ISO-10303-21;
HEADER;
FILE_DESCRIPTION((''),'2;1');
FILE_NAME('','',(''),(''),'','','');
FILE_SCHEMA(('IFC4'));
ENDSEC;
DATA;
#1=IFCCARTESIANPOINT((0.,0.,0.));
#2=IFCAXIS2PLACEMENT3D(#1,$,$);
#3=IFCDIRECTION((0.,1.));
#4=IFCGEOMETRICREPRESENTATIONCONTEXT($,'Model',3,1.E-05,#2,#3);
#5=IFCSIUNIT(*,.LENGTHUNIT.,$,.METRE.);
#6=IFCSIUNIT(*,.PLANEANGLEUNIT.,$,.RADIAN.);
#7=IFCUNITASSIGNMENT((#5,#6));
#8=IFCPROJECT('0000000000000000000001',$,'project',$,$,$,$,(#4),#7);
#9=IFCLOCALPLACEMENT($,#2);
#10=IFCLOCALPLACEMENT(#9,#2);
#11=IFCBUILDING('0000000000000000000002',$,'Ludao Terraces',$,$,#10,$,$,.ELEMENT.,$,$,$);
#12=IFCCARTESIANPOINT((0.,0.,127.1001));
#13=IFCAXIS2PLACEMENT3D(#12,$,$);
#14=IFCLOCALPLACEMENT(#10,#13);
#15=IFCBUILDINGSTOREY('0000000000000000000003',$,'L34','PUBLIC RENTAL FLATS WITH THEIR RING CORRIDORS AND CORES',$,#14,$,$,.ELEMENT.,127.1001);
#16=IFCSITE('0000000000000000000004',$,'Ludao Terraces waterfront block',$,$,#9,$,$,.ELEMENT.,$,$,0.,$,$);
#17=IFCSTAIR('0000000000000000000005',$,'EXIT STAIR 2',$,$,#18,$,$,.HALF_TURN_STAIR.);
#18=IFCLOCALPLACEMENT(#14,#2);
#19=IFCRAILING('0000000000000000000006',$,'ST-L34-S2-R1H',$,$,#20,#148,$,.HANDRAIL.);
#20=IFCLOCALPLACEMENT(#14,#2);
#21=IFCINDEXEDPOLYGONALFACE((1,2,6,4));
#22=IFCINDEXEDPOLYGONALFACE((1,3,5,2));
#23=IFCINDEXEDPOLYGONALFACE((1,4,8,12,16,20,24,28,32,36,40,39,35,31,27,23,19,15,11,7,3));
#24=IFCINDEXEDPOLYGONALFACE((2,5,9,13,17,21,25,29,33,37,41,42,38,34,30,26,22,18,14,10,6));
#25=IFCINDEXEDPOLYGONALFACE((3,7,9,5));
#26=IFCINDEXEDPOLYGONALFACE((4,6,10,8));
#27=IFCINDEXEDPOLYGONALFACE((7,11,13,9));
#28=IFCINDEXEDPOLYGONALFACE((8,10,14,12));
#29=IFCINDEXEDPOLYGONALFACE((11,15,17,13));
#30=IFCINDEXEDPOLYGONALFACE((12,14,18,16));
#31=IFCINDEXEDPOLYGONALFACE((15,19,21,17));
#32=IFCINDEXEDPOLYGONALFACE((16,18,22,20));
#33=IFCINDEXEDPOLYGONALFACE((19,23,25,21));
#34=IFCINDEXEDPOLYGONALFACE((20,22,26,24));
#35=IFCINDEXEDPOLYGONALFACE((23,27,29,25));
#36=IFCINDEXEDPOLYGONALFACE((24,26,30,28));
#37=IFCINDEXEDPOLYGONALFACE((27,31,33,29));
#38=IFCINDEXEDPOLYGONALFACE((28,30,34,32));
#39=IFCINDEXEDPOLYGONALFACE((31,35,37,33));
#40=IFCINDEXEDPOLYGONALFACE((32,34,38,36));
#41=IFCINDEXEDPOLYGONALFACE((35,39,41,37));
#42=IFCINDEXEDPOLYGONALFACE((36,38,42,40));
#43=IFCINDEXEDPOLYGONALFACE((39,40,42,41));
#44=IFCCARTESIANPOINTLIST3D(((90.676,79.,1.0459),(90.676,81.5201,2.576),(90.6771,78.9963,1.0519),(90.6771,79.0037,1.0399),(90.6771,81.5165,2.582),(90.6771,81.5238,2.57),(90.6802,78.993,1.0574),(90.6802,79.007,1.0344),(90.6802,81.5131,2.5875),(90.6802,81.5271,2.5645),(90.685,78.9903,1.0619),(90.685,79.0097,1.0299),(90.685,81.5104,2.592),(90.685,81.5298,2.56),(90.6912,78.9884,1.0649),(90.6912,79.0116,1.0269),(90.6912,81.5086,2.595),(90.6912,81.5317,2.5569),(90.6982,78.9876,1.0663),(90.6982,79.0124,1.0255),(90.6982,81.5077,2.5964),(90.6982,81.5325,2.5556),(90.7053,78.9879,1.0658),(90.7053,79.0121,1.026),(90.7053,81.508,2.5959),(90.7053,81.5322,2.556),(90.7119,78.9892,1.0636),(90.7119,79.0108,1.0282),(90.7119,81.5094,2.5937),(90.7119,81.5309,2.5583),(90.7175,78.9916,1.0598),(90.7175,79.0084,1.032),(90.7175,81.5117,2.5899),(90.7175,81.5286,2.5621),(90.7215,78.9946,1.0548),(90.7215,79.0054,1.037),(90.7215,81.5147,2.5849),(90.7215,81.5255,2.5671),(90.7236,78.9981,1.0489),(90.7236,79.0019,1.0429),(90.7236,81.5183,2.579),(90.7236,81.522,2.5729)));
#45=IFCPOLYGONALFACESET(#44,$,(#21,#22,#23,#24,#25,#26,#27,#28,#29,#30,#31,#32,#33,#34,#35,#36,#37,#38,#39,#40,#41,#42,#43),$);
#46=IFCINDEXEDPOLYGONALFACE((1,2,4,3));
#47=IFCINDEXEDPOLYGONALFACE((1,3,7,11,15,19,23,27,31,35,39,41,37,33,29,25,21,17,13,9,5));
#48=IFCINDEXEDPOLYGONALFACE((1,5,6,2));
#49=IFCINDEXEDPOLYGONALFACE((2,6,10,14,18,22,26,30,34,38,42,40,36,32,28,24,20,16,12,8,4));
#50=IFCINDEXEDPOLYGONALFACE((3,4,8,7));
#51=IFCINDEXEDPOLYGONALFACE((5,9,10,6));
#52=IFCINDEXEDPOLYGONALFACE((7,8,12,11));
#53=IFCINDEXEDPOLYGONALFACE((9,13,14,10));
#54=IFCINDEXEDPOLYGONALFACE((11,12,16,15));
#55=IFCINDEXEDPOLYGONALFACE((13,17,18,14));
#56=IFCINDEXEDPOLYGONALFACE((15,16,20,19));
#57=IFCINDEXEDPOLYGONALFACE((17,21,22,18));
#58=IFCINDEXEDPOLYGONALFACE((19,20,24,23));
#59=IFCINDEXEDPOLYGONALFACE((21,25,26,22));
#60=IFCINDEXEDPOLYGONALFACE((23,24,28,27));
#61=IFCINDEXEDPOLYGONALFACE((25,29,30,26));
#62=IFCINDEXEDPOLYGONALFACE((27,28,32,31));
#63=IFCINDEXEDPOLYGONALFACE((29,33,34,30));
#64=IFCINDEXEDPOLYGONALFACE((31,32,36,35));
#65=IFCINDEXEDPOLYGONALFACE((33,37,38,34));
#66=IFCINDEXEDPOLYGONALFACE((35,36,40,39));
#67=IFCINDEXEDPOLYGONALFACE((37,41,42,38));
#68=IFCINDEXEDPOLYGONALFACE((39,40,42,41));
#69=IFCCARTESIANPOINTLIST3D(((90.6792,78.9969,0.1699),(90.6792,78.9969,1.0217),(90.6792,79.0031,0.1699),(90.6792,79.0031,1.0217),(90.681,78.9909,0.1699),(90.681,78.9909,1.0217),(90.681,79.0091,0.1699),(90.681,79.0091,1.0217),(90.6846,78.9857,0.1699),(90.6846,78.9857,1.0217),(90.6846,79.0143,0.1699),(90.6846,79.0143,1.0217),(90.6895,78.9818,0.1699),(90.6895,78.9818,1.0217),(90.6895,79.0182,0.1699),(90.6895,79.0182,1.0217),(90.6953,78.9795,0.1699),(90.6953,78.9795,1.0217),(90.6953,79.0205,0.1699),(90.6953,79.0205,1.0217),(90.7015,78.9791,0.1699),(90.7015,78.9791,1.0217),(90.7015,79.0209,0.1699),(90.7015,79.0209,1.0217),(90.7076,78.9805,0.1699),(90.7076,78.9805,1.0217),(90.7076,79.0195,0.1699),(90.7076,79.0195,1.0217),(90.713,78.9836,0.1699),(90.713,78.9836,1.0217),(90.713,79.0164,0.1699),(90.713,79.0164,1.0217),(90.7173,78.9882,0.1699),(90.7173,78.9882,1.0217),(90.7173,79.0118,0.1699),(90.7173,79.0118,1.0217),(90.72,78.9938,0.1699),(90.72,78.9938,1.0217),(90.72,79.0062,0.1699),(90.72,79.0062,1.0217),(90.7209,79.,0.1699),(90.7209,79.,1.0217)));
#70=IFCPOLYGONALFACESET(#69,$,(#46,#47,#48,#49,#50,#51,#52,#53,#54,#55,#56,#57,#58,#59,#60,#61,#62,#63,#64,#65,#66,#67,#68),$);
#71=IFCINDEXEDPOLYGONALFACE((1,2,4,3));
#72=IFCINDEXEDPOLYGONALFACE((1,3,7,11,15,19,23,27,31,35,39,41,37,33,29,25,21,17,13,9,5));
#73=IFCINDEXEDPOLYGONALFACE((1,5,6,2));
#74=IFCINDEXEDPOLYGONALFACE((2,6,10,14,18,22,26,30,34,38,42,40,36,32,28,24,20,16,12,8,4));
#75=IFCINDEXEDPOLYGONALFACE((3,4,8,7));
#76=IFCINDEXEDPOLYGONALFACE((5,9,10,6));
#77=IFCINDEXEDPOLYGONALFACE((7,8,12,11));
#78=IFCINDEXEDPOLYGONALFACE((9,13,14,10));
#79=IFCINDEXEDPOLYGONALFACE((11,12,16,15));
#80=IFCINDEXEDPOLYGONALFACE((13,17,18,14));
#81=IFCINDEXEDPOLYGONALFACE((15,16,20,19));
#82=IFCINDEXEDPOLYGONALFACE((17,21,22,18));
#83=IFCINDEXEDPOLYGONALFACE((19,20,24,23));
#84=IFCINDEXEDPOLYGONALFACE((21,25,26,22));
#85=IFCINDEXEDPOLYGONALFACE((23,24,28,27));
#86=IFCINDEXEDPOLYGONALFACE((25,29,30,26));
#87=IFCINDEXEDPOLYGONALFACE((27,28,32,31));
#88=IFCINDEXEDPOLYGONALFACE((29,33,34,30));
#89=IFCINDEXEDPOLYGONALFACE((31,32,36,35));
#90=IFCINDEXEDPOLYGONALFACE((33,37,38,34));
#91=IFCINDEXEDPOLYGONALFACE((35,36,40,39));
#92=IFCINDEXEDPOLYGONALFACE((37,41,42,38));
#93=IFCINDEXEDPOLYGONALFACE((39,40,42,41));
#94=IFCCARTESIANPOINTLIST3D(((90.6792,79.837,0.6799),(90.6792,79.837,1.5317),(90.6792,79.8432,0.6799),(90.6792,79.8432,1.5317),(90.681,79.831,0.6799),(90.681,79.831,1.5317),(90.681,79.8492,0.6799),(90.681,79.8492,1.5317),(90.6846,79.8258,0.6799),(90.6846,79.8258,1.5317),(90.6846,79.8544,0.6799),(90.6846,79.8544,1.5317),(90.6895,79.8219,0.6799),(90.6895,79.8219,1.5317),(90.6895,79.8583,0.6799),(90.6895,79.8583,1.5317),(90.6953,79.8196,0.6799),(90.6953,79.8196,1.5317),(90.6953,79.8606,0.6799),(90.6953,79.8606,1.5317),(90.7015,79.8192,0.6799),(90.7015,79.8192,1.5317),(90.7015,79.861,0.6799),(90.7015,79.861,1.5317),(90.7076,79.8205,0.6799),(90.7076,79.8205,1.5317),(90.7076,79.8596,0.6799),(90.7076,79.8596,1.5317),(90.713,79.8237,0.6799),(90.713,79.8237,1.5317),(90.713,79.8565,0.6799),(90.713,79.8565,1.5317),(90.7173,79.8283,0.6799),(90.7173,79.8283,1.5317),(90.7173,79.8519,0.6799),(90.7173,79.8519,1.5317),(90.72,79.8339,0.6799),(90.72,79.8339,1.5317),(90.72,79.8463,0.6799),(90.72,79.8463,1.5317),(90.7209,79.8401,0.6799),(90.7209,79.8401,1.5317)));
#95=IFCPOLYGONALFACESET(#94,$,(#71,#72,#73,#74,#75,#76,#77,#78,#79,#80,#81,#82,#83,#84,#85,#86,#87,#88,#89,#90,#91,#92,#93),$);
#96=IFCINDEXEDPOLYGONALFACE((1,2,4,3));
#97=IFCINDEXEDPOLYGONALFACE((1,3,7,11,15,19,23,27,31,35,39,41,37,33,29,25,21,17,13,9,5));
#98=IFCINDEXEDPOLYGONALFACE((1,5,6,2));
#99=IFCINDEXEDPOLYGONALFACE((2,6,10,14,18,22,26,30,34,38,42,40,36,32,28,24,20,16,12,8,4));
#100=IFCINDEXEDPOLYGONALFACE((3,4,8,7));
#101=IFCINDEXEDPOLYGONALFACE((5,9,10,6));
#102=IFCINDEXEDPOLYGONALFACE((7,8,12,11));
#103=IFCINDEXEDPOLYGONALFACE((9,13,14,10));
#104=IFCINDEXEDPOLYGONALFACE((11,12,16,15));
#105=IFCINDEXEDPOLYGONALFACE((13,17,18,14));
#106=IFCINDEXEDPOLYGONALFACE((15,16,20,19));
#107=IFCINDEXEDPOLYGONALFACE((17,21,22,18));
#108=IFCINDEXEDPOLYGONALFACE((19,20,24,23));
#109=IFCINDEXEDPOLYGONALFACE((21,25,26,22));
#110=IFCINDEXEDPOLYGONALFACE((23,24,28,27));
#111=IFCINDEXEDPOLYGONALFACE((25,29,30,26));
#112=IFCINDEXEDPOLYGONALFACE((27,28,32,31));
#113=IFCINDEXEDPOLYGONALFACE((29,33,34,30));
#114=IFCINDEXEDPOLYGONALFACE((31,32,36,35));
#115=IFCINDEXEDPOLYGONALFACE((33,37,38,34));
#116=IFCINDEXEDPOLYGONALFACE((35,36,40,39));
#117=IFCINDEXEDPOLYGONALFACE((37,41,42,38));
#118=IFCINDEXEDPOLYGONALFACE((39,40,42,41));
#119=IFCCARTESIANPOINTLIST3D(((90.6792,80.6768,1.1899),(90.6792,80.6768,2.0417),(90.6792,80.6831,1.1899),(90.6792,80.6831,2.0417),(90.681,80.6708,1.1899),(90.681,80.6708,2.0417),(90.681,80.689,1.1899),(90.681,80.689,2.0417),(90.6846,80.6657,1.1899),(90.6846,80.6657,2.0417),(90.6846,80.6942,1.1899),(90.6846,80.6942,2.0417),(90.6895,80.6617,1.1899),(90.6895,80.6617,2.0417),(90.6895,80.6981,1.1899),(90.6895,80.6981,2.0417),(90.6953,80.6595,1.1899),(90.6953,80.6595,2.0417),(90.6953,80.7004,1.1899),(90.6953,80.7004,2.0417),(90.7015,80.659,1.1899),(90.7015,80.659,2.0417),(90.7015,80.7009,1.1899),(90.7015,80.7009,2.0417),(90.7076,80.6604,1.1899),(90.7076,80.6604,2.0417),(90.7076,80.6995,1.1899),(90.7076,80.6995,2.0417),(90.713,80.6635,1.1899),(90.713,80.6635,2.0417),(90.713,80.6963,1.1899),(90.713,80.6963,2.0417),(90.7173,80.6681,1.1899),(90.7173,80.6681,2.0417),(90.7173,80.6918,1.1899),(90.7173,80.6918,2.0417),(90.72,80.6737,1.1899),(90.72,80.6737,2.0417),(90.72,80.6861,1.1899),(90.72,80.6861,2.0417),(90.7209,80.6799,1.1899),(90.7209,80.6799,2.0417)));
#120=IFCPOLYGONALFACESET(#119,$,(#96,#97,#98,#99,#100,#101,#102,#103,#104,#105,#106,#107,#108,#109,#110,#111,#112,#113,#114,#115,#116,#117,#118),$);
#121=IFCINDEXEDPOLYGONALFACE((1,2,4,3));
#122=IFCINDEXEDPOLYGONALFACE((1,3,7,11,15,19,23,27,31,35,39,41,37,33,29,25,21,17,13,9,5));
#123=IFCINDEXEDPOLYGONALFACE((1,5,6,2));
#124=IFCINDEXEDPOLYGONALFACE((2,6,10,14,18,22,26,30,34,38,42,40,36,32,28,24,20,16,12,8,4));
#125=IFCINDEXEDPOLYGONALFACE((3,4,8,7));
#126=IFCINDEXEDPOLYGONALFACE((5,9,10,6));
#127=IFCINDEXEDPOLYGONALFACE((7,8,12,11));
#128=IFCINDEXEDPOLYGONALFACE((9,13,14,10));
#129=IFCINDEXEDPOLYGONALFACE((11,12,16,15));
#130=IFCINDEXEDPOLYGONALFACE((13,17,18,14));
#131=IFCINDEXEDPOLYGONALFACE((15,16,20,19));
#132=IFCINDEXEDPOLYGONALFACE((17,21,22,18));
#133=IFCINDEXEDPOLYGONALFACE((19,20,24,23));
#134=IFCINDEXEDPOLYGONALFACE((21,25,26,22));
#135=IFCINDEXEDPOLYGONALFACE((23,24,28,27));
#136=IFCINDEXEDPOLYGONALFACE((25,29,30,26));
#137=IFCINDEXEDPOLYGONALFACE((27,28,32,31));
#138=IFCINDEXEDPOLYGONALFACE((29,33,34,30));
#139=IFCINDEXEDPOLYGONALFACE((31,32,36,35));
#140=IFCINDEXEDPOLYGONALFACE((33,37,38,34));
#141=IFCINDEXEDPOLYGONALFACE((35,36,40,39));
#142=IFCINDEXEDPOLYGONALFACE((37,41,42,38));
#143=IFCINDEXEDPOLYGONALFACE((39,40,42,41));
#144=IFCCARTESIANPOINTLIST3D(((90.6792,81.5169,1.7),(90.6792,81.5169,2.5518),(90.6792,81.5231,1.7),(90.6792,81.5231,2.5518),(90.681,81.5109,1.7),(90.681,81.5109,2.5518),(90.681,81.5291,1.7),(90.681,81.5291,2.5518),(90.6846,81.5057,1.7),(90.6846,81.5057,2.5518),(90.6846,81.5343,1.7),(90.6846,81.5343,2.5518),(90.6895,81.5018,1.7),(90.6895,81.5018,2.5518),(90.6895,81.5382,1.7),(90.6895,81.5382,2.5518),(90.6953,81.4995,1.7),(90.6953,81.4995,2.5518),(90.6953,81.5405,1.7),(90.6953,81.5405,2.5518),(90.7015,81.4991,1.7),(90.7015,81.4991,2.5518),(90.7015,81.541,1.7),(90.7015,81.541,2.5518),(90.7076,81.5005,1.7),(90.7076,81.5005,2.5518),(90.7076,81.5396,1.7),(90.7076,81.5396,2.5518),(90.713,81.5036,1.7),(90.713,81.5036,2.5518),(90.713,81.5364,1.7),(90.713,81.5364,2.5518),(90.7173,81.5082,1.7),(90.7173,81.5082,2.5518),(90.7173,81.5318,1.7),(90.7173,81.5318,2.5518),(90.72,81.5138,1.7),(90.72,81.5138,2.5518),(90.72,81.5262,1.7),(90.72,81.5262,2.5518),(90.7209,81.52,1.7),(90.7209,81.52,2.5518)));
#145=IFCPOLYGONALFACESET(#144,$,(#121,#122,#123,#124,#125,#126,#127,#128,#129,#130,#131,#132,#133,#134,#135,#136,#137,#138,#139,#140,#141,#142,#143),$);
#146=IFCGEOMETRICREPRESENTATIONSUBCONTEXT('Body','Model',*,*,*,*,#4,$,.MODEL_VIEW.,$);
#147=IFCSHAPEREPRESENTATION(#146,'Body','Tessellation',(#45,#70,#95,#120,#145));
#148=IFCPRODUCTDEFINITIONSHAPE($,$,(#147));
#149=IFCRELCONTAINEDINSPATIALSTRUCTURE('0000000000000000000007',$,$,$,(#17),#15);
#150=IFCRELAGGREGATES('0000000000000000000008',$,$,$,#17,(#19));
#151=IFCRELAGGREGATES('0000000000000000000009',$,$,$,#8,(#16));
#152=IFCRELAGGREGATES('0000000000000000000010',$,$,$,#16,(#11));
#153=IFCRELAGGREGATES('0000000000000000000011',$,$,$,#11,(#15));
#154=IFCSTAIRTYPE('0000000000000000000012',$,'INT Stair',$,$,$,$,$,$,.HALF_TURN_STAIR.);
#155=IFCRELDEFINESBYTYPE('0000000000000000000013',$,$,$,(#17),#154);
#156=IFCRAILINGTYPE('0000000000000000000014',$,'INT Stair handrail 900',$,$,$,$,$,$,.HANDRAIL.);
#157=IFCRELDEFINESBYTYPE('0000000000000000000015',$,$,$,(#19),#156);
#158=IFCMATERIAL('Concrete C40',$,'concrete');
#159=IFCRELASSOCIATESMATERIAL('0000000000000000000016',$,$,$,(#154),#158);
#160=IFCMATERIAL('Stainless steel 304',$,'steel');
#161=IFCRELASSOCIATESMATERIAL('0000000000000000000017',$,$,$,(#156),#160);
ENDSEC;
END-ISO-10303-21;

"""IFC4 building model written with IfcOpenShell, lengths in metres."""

from ifc_helpers import new_model, si_unit, direction, frame, origin, origin_2d, place, context, subcontext, project, spatial, circle, extrude, material, type_object, element, aggregate, save


model = new_model("IFC4")

# Units and contexts
model_context = context("Model", 3, precision=1e-05, world=origin(), true_north=direction((0.0, 1.0)))
body_context = subcontext(model_context, "Body", "Model", "MODEL_VIEW")
ifc_project = project(units=[si_unit("LENGTHUNIT", "METRE"), si_unit("PLANEANGLEUNIT", "RADIAN")], contexts=[model_context])

# Site, building, storey
site_placement = place(None, origin())
site = spatial("IfcSite", under=ifc_project, at=site_placement, Name="Ludao Terraces waterfront block", CompositionType="ELEMENT", RefElevation=0.0)
building_placement = place(site_placement, origin())
building = spatial("IfcBuilding", under=site, at=building_placement, Name="Ludao Terraces", CompositionType="ELEMENT")
storey_placement = place(building_placement, frame((0.0, 0.0, 127.1001)))
storey = spatial("IfcBuildingStorey", under=building, at=storey_placement, Name="L34", Description="PUBLIC RENTAL FLATS WITH THEIR RING CORRIDORS AND CORES", CompositionType="ELEMENT", Elevation=127.1001)

# Stair, railing
ifc_material_1 = material(Name="Concrete C40", Category="concrete")
stair_type = type_object("IfcStairType", Name="INT Stair", PredefinedType="HALF_TURN_STAIR", material=ifc_material_1)
stair_placement = place(storey_placement, origin())
stair = element("IfcStair", 1, at=stair_placement, inside=storey, type_object=stair_type, Name="EXIT STAIR 2", PredefinedType="HALF_TURN_STAIR")
ifc_material_2 = material(Name="Stainless steel 304", Category="steel")
railing_type_1 = type_object("IfcRailingType", Name="INT Stair handrail 900", PredefinedType="HANDRAIL", material=ifc_material_2)
railing_1_placement = place(storey_placement, frame((90.7, 79.0, 0.1699)))
railing_1 = element("IfcRailing", 2, at=railing_1_placement, type_object=railing_type_1, Name="ST-L34-S2-R1H", PredefinedType="HANDRAIL", context=body_context, shape_type="SweptSolid", body=[
    extrude(circle(Radius=0.0239, at=origin_2d()), frame((0.0, 0.0, 0.876), z_axis=(0.0, 0.854785, 0.518982), x_axis=(-1.0, 0.0, 0.0)), (0.0, 0.0, 1.0), 2.9482),
    extrude(circle(Radius=0.021, at=origin_2d()), origin(), (0.0, 0.0, 1.0), 0.8518),
    extrude(circle(Radius=0.021, at=origin_2d()), frame((0.0, 0.8401, 0.51)), (0.0, 0.0, 1.0), 0.8518),
    extrude(circle(Radius=0.021, at=origin_2d()), frame((0.0, 1.6799, 1.02)), (0.0, 0.0, 1.0), 0.8518),
    extrude(circle(Radius=0.021, at=origin_2d()), frame((0.0, 2.52, 1.53)), (0.0, 0.0, 1.0), 0.8518),
])
aggregate(stair, [railing_1])

save(model, "model.ifc")
